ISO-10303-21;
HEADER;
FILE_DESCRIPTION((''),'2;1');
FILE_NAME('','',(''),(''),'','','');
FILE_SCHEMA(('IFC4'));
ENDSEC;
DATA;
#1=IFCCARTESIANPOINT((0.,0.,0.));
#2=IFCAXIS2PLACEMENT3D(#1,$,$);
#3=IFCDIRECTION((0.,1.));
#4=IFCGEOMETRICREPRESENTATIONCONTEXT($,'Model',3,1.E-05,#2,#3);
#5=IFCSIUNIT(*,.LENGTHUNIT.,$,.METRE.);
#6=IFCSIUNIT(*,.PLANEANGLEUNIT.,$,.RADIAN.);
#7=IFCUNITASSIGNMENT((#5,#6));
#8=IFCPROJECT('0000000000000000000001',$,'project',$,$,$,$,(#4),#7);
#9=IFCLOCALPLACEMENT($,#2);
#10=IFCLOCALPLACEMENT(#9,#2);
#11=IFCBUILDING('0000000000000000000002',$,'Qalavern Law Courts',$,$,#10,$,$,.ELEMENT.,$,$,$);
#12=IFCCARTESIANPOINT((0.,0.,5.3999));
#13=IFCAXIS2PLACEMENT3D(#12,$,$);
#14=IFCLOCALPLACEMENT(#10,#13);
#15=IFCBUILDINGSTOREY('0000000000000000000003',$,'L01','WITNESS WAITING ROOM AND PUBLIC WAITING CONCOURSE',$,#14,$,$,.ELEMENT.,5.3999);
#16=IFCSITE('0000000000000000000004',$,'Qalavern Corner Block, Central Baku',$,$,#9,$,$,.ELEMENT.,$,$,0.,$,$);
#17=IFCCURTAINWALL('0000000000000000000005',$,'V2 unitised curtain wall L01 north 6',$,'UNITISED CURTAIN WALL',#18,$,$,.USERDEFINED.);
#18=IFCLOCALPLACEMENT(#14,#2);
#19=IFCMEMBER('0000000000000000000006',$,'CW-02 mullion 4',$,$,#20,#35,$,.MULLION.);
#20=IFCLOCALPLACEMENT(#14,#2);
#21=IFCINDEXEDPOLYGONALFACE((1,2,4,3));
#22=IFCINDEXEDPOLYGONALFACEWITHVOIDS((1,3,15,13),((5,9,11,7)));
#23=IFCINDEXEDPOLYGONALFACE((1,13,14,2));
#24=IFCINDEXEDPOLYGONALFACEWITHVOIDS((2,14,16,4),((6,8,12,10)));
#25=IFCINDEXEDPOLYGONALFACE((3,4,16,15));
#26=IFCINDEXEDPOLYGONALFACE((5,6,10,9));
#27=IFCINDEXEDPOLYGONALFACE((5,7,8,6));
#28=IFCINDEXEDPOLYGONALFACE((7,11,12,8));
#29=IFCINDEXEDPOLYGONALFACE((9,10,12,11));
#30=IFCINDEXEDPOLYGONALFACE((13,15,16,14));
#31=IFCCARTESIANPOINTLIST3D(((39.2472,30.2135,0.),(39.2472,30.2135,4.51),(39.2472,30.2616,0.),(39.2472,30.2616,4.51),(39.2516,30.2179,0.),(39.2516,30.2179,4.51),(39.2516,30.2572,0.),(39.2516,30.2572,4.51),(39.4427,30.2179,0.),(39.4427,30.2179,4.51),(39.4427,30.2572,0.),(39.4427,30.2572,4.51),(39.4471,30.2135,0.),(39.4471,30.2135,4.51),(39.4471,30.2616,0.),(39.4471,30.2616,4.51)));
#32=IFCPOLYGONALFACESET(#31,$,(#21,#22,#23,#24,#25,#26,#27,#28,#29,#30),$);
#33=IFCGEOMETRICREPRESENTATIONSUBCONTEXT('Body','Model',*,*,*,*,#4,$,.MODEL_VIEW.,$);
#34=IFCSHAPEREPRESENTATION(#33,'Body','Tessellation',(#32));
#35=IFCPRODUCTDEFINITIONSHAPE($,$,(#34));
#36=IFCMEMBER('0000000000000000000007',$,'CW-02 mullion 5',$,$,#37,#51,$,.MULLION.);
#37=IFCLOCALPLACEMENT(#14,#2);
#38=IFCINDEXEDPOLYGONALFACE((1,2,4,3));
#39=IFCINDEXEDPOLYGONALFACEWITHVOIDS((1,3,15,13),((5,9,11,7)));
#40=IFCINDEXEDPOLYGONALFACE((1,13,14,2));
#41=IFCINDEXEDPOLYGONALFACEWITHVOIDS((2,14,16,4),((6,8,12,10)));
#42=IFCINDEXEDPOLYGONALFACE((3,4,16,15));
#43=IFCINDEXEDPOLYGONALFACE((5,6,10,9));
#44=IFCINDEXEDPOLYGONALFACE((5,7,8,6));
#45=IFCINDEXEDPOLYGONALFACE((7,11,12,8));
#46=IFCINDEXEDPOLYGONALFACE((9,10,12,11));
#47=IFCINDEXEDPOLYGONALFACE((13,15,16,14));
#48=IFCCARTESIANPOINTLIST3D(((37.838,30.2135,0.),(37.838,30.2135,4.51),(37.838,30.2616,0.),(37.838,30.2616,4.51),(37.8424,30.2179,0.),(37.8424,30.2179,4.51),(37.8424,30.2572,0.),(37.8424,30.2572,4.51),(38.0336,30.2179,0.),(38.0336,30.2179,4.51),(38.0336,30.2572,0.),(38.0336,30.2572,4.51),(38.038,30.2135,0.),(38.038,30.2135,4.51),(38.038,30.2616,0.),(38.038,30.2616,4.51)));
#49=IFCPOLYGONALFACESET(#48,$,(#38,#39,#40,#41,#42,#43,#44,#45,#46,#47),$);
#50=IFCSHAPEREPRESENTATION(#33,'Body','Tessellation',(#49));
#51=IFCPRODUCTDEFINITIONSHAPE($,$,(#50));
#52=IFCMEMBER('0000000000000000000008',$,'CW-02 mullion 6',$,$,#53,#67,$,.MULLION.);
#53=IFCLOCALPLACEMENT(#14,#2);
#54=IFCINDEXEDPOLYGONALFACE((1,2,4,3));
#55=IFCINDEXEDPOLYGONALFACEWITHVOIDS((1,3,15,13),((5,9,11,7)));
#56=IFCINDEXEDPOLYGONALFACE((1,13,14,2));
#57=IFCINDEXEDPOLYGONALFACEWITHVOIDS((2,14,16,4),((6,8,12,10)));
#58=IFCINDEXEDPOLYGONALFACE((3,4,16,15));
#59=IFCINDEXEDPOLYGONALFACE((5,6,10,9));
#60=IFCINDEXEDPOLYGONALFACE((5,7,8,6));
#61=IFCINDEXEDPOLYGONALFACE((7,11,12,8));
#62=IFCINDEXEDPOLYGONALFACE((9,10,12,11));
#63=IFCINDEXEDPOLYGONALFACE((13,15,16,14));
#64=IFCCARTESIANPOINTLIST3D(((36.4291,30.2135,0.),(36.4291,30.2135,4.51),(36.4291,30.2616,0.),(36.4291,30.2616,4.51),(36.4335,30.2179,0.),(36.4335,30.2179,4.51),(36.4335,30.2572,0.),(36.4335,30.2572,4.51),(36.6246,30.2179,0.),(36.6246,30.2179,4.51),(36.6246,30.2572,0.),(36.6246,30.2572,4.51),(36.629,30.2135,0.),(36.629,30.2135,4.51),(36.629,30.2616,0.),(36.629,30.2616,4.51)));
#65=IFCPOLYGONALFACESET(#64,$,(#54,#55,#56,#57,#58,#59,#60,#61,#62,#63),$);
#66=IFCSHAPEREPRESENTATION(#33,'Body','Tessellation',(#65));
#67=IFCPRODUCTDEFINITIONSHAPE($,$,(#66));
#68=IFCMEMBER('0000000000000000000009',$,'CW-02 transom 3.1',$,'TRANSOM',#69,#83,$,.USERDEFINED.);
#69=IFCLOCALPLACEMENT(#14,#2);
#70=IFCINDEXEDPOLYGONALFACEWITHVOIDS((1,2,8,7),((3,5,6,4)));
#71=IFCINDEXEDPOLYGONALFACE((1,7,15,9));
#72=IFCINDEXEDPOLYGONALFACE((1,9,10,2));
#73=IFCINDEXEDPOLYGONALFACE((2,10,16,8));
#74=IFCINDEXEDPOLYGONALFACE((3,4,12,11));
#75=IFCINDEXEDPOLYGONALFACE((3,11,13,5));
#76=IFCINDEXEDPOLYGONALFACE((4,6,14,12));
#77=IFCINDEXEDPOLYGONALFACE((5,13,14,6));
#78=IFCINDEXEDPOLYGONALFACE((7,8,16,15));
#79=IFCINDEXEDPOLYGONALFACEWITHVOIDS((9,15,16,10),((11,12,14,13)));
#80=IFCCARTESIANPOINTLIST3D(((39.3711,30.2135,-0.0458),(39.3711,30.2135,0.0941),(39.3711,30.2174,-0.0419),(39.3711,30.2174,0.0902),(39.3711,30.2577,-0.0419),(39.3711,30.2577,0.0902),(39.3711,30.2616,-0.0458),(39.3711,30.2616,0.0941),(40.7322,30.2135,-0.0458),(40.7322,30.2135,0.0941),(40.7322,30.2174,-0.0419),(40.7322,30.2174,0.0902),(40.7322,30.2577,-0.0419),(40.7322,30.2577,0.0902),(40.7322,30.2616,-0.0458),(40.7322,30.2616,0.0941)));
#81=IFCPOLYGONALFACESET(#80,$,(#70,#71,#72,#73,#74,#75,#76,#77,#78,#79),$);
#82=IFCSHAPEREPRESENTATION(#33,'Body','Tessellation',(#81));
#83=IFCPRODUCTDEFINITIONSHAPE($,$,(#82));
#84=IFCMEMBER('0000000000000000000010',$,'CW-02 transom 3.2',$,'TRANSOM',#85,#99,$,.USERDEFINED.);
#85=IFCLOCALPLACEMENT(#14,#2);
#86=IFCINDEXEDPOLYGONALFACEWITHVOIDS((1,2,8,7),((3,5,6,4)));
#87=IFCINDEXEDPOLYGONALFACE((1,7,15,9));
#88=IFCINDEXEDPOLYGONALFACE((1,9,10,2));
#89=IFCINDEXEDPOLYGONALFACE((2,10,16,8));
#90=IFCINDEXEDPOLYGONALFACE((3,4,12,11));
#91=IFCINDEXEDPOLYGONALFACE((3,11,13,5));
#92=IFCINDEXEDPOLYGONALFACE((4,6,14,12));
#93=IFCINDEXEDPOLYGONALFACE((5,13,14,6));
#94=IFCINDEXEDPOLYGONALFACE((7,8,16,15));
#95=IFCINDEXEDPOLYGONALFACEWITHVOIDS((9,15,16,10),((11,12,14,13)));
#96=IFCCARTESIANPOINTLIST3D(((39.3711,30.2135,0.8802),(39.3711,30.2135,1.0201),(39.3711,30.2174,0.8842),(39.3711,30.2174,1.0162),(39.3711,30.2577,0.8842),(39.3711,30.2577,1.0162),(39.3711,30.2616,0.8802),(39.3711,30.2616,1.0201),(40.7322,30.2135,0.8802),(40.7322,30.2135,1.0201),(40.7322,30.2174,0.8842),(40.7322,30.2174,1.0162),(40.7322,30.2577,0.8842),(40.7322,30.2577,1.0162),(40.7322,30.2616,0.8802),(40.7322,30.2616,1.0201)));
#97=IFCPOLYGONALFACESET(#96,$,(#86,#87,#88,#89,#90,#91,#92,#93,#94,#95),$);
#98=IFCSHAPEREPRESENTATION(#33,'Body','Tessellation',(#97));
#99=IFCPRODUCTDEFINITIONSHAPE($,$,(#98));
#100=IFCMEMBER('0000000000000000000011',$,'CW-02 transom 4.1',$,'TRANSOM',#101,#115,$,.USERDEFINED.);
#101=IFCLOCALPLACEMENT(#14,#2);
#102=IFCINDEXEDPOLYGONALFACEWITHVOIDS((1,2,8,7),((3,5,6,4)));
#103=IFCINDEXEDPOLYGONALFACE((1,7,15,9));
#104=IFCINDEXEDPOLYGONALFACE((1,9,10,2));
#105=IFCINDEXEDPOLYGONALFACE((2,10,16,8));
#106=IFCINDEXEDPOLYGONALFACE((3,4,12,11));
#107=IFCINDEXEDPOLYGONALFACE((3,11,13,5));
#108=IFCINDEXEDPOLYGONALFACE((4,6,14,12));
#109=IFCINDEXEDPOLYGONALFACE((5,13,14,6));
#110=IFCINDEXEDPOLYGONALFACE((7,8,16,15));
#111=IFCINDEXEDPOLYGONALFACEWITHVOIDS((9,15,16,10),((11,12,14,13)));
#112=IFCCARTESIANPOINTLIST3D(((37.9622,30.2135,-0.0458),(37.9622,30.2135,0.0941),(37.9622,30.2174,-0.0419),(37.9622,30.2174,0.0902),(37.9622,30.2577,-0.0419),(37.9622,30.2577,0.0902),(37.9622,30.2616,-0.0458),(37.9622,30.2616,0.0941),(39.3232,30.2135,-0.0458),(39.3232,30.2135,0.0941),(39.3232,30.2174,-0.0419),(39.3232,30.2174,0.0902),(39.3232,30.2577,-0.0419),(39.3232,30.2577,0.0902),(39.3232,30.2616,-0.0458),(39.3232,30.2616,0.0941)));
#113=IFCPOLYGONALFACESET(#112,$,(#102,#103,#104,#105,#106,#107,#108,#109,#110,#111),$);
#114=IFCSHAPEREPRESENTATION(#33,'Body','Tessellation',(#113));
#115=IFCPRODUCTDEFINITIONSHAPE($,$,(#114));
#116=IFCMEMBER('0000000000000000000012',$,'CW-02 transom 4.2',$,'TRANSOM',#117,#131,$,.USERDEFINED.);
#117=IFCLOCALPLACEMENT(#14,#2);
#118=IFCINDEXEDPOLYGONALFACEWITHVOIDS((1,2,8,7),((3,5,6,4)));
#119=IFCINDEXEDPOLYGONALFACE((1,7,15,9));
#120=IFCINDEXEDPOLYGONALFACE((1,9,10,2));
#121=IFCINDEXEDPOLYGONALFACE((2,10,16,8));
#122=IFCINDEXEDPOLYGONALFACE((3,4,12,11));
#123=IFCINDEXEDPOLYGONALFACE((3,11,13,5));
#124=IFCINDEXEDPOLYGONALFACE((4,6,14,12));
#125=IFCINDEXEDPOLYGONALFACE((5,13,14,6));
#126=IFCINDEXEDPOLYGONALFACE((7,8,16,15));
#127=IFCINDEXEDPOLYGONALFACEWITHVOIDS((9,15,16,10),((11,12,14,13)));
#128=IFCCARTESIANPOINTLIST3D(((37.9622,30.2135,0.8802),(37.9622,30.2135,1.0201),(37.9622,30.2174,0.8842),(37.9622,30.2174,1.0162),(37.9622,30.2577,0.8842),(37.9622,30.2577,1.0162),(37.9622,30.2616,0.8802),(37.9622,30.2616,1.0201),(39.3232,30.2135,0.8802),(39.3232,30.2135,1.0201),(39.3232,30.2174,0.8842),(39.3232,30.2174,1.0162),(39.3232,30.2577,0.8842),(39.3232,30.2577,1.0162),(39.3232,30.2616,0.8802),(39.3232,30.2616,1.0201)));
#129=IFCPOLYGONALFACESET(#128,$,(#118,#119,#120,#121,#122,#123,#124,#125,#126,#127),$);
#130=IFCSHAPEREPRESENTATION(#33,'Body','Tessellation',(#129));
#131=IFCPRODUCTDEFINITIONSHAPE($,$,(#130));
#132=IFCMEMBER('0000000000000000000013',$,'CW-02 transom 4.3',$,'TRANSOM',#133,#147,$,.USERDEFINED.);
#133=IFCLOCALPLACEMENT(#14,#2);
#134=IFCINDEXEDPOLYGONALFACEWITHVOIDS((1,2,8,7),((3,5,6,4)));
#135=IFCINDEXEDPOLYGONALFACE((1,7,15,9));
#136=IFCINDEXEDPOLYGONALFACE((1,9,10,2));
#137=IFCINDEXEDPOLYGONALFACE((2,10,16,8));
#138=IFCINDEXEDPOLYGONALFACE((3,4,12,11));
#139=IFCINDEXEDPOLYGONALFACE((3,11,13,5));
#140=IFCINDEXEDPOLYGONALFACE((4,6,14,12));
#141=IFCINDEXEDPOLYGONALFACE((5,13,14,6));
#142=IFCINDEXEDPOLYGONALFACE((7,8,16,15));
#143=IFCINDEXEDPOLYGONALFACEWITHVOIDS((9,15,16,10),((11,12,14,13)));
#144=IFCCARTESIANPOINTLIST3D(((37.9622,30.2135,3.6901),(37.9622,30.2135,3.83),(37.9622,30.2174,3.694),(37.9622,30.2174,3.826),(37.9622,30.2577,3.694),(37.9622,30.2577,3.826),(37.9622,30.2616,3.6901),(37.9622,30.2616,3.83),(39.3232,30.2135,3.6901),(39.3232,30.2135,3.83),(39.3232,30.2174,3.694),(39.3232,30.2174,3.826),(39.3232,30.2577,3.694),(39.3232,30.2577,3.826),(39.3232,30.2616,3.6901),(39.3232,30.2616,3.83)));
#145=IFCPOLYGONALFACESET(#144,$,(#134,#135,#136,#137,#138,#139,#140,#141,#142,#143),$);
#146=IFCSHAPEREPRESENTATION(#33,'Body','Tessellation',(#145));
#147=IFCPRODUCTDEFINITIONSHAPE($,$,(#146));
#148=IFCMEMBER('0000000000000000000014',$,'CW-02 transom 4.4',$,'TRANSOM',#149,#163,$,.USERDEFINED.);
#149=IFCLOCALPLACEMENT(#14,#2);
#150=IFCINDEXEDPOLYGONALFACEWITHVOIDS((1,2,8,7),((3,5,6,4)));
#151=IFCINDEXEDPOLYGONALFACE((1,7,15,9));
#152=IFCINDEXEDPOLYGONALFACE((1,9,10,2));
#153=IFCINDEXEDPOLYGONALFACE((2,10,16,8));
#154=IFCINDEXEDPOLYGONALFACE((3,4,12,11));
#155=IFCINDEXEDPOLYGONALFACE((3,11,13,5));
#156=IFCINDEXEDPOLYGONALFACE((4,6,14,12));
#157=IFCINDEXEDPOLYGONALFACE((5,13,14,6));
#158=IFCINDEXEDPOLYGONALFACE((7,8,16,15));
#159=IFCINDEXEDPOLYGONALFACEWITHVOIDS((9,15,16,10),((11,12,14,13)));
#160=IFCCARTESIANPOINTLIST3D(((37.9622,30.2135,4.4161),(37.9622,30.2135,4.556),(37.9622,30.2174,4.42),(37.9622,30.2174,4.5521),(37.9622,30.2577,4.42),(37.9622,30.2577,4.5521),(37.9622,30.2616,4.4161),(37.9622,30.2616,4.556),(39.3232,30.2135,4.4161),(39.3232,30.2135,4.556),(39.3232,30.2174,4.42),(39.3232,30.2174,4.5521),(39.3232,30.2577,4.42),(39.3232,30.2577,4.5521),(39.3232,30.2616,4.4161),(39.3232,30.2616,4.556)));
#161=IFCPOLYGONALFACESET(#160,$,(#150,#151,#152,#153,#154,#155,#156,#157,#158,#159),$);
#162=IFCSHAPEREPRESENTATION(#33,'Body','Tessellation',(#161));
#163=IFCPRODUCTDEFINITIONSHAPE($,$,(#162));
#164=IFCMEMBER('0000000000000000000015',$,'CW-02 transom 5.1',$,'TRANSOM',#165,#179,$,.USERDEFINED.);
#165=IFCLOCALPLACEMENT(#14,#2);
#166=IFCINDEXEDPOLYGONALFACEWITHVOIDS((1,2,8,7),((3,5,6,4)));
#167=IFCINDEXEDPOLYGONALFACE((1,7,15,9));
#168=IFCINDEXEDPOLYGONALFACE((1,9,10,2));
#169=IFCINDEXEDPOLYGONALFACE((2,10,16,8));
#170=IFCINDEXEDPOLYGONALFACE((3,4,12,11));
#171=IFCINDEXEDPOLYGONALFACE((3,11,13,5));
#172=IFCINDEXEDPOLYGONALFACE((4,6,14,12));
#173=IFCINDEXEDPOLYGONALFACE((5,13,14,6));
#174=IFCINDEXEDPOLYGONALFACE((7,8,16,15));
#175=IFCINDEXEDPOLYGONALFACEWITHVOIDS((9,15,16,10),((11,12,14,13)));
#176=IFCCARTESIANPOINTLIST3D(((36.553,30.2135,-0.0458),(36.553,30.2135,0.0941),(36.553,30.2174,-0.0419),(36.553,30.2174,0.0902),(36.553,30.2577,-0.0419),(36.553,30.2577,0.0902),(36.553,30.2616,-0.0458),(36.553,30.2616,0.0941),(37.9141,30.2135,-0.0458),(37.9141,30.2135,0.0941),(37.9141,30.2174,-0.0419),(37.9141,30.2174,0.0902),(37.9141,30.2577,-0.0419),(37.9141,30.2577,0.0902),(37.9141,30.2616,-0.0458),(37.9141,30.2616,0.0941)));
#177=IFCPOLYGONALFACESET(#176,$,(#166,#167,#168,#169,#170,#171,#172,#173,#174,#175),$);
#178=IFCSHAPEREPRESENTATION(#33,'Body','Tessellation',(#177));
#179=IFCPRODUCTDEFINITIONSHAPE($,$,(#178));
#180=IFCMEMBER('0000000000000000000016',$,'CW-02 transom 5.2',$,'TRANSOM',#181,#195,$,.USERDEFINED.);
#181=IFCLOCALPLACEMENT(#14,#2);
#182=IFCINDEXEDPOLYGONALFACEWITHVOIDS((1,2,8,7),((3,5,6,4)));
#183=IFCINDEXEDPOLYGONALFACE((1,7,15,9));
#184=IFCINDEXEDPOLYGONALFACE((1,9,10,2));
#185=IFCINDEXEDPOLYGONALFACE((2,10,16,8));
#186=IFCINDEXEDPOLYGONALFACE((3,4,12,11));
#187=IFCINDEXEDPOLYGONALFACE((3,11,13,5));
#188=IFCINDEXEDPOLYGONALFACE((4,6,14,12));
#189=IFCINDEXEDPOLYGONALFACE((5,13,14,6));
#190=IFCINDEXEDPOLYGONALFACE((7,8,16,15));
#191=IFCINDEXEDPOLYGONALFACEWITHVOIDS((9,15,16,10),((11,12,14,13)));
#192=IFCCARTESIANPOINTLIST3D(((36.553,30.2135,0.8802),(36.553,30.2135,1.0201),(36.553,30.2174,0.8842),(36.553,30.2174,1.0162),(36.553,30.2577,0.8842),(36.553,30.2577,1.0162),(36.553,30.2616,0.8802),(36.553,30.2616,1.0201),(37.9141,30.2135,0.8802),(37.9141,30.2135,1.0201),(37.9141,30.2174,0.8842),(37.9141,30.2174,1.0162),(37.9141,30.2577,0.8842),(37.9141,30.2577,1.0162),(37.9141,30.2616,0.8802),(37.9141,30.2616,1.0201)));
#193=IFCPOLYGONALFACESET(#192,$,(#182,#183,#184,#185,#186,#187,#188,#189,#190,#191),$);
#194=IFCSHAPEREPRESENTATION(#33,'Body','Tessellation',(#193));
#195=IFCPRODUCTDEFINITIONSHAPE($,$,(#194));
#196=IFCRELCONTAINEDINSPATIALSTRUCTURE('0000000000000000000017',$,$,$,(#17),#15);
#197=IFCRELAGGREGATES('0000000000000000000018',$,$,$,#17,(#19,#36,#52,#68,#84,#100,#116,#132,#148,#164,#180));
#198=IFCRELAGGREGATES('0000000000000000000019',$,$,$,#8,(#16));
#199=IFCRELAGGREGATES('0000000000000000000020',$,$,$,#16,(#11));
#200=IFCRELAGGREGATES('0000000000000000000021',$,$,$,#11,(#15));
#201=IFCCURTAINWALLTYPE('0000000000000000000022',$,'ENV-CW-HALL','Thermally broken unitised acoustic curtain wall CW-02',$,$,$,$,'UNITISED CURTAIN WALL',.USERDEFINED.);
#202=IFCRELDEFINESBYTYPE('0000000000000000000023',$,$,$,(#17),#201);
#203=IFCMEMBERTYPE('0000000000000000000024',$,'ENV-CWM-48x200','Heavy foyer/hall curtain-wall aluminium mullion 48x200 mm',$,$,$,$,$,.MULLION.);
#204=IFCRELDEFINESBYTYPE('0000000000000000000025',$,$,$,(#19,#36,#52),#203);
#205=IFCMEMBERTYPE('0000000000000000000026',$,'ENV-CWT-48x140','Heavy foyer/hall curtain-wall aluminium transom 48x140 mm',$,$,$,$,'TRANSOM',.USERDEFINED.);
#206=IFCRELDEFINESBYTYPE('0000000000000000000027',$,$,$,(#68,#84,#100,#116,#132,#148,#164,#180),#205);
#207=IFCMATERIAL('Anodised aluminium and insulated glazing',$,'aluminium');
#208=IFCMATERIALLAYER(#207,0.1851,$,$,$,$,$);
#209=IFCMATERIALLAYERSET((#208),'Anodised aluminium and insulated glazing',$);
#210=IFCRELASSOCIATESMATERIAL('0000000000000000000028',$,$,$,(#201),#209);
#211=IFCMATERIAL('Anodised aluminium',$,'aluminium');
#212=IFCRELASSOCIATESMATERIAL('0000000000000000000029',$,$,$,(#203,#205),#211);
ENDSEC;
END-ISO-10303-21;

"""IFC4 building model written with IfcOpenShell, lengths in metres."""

from ifc_helpers import new_model, si_unit, direction, frame, origin, origin_2d, place, context, subcontext, project, spatial, hollow_rectangle, extrude, material, layer, layer_set, material_profile, profile_set, type_object, element, aggregate, save


model = new_model("IFC4")

# Units and contexts
model_context = context("Model", 3, precision=1e-05, world=origin(), true_north=direction((0.0, 1.0)))
body_context = subcontext(model_context, "Body", "Model", "MODEL_VIEW")
ifc_project = project(units=[si_unit("LENGTHUNIT", "METRE"), si_unit("PLANEANGLEUNIT", "RADIAN")], contexts=[model_context])

# Site, building, storey
site_placement = place(None, origin())
site = spatial("IfcSite", under=ifc_project, at=site_placement, Name="Qalavern Corner Block, Central Baku", CompositionType="ELEMENT", RefElevation=0.0)
building_placement = place(site_placement, origin())
building = spatial("IfcBuilding", under=site, at=building_placement, Name="Qalavern Law Courts", CompositionType="ELEMENT")
storey_placement = place(building_placement, frame((0.0, 0.0, 5.3999)))
storey = spatial("IfcBuildingStorey", under=building, at=storey_placement, Name="L01", Description="WITNESS WAITING ROOM AND PUBLIC WAITING CONCOURSE", CompositionType="ELEMENT", Elevation=5.3999)

# Curtain wall, members
ifc_material_1 = material(Name="Anodised aluminium and insulated glazing", Category="aluminium")
ifc_layer_1 = layer(ifc_material_1, 0.1851)
ifc_layer_set_1 = layer_set([ifc_layer_1], Name="Anodised aluminium and insulated glazing")
curtain_wall_type = type_object("IfcCurtainWallType", Name="ENV-CW-HALL", Description="Thermally broken unitised acoustic curtain wall CW-02", ElementType="UNITISED CURTAIN WALL", PredefinedType="USERDEFINED", material=ifc_layer_set_1)
curtain_wall_placement = place(storey_placement, origin())
curtain_wall = element("IfcCurtainWall", 1, at=curtain_wall_placement, inside=storey, type_object=curtain_wall_type, Name="V2 unitised curtain wall L01 north 6", ObjectType="UNITISED CURTAIN WALL", PredefinedType="USERDEFINED")
ifc_material_2 = material(Name="Anodised aluminium", Category="aluminium")
ifc_material_profile_1 = material_profile(ifc_material_2, hollow_rectangle(XDim=0.0481, YDim=0.2, WallThickness=0.0044, at=origin_2d()), Name="ALU MULLION 48x200")
ifc_profile_set_1 = profile_set([ifc_material_profile_1], Name="Anodised aluminium")
member_type_1 = type_object("IfcMemberType", Name="ENV-CWM-48x200", Description="Heavy foyer/hall curtain-wall aluminium mullion 48x200 mm", PredefinedType="MULLION", material=ifc_profile_set_1)
member_1_placement = place(storey_placement, frame((39.3472, 30.2375, 0.0), z_axis=(0.0, 0.0, 1.0), x_axis=(0.0, -1.0, 0.0)))
member_1 = element("IfcMember", 2, at=member_1_placement, type_object=member_type_1, Name="CW-02 mullion 4", PredefinedType="MULLION", context=body_context, shape_type="SweptSolid", body=[
    extrude(hollow_rectangle(XDim=0.0481, YDim=0.2, WallThickness=0.0044, at=origin_2d()), origin(), (0.0, 0.0, 1.0), 4.51),
])
member_2_placement = place(storey_placement, frame((37.938, 30.2375, 0.0), z_axis=(0.0, 0.0, 1.0), x_axis=(0.0, -1.0, 0.0)))
member_2 = element("IfcMember", 3, at=member_2_placement, type_object=member_type_1, Name="CW-02 mullion 5", PredefinedType="MULLION", context=body_context, shape_type="SweptSolid", body=[
    extrude(hollow_rectangle(XDim=0.0481, YDim=0.2, WallThickness=0.0044, at=origin_2d()), origin(), (0.0, 0.0, 1.0), 4.51),
])
member_3_placement = place(storey_placement, frame((36.5291, 30.2375, 0.0), z_axis=(0.0, 0.0, 1.0), x_axis=(0.0, -1.0, 0.0)))
member_3 = element("IfcMember", 4, at=member_3_placement, type_object=member_type_1, Name="CW-02 mullion 6", PredefinedType="MULLION", context=body_context, shape_type="SweptSolid", body=[
    extrude(hollow_rectangle(XDim=0.0481, YDim=0.2, WallThickness=0.0044, at=origin_2d()), origin(), (0.0, 0.0, 1.0), 4.51),
])
ifc_material_profile_2 = material_profile(ifc_material_2, hollow_rectangle(XDim=0.0481, YDim=0.1399, WallThickness=0.0039, at=origin_2d()), Name="ALU TRANSOM 48x140")
ifc_profile_set_2 = profile_set([ifc_material_profile_2], Name="Anodised aluminium")
member_type_2 = type_object("IfcMemberType", Name="ENV-CWT-48x140", Description="Heavy foyer/hall curtain-wall aluminium transom 48x140 mm", ElementType="TRANSOM", PredefinedType="USERDEFINED", material=ifc_profile_set_2)
member_4_placement = place(storey_placement, frame((40.7322, 30.2375, 0.0242), z_axis=(-1.0, 0.0, 0.0), x_axis=(0.0, -1.0, 0.0)))
member_4 = element("IfcMember", 5, at=member_4_placement, type_object=member_type_2, Name="CW-02 transom 3.1", ObjectType="TRANSOM", PredefinedType="USERDEFINED", context=body_context, shape_type="SweptSolid", body=[
    extrude(hollow_rectangle(XDim=0.0481, YDim=0.1399, WallThickness=0.0039, at=origin_2d()), origin(), (0.0, 0.0, 1.0), 1.3611),
])
member_5_placement = place(storey_placement, frame((40.7322, 30.2375, 0.9502), z_axis=(-1.0, 0.0, 0.0), x_axis=(0.0, -1.0, 0.0)))
member_5 = element("IfcMember", 6, at=member_5_placement, type_object=member_type_2, Name="CW-02 transom 3.2", ObjectType="TRANSOM", PredefinedType="USERDEFINED", context=body_context, shape_type="SweptSolid", body=[
    extrude(hollow_rectangle(XDim=0.0481, YDim=0.1399, WallThickness=0.0039, at=origin_2d()), origin(), (0.0, 0.0, 1.0), 1.3611),
])
member_6_placement = place(storey_placement, frame((39.3232, 30.2375, 0.0242), z_axis=(-1.0, 0.0, 0.0), x_axis=(0.0, -1.0, 0.0)))
member_6 = element("IfcMember", 7, at=member_6_placement, type_object=member_type_2, Name="CW-02 transom 4.1", ObjectType="TRANSOM", PredefinedType="USERDEFINED", context=body_context, shape_type="SweptSolid", body=[
    extrude(hollow_rectangle(XDim=0.0481, YDim=0.1399, WallThickness=0.0039, at=origin_2d()), origin(), (0.0, 0.0, 1.0), 1.3611),
])
member_7_placement = place(storey_placement, frame((39.3232, 30.2375, 0.9502), z_axis=(-1.0, 0.0, 0.0), x_axis=(0.0, -1.0, 0.0)))
member_7 = element("IfcMember", 8, at=member_7_placement, type_object=member_type_2, Name="CW-02 transom 4.2", ObjectType="TRANSOM", PredefinedType="USERDEFINED", context=body_context, shape_type="SweptSolid", body=[
    extrude(hollow_rectangle(XDim=0.0481, YDim=0.1399, WallThickness=0.0039, at=origin_2d()), origin(), (0.0, 0.0, 1.0), 1.3611),
])
member_8_placement = place(storey_placement, frame((39.3232, 30.2375, 3.76), z_axis=(-1.0, 0.0, 0.0), x_axis=(0.0, -1.0, 0.0)))
member_8 = element("IfcMember", 9, at=member_8_placement, type_object=member_type_2, Name="CW-02 transom 4.3", ObjectType="TRANSOM", PredefinedType="USERDEFINED", context=body_context, shape_type="SweptSolid", body=[
    extrude(hollow_rectangle(XDim=0.0481, YDim=0.1399, WallThickness=0.0039, at=origin_2d()), origin(), (0.0, 0.0, 1.0), 1.3611),
])
member_9_placement = place(storey_placement, frame((39.3232, 30.2375, 4.4861), z_axis=(-1.0, 0.0, 0.0), x_axis=(0.0, -1.0, 0.0)))
member_9 = element("IfcMember", 10, at=member_9_placement, type_object=member_type_2, Name="CW-02 transom 4.4", ObjectType="TRANSOM", PredefinedType="USERDEFINED", context=body_context, shape_type="SweptSolid", body=[
    extrude(hollow_rectangle(XDim=0.0481, YDim=0.1399, WallThickness=0.0039, at=origin_2d()), origin(), (0.0, 0.0, 1.0), 1.3611),
])
member_10_placement = place(storey_placement, frame((37.9141, 30.2375, 0.0242), z_axis=(-1.0, 0.0, 0.0), x_axis=(0.0, -1.0, 0.0)))
member_10 = element("IfcMember", 11, at=member_10_placement, type_object=member_type_2, Name="CW-02 transom 5.1", ObjectType="TRANSOM", PredefinedType="USERDEFINED", context=body_context, shape_type="SweptSolid", body=[
    extrude(hollow_rectangle(XDim=0.0481, YDim=0.1399, WallThickness=0.0039, at=origin_2d()), origin(), (0.0, 0.0, 1.0), 1.3611),
])
member_11_placement = place(storey_placement, frame((37.9141, 30.2375, 0.9502), z_axis=(-1.0, 0.0, 0.0), x_axis=(0.0, -1.0, 0.0)))
member_11 = element("IfcMember", 12, at=member_11_placement, type_object=member_type_2, Name="CW-02 transom 5.2", ObjectType="TRANSOM", PredefinedType="USERDEFINED", context=body_context, shape_type="SweptSolid", body=[
    extrude(hollow_rectangle(XDim=0.0481, YDim=0.1399, WallThickness=0.0039, at=origin_2d()), origin(), (0.0, 0.0, 1.0), 1.3611),
])
aggregate(curtain_wall, [member_1, member_2, member_3, member_4, member_5, member_6, member_7, member_8, member_9, member_10, member_11])

save(model, "model.ifc")
